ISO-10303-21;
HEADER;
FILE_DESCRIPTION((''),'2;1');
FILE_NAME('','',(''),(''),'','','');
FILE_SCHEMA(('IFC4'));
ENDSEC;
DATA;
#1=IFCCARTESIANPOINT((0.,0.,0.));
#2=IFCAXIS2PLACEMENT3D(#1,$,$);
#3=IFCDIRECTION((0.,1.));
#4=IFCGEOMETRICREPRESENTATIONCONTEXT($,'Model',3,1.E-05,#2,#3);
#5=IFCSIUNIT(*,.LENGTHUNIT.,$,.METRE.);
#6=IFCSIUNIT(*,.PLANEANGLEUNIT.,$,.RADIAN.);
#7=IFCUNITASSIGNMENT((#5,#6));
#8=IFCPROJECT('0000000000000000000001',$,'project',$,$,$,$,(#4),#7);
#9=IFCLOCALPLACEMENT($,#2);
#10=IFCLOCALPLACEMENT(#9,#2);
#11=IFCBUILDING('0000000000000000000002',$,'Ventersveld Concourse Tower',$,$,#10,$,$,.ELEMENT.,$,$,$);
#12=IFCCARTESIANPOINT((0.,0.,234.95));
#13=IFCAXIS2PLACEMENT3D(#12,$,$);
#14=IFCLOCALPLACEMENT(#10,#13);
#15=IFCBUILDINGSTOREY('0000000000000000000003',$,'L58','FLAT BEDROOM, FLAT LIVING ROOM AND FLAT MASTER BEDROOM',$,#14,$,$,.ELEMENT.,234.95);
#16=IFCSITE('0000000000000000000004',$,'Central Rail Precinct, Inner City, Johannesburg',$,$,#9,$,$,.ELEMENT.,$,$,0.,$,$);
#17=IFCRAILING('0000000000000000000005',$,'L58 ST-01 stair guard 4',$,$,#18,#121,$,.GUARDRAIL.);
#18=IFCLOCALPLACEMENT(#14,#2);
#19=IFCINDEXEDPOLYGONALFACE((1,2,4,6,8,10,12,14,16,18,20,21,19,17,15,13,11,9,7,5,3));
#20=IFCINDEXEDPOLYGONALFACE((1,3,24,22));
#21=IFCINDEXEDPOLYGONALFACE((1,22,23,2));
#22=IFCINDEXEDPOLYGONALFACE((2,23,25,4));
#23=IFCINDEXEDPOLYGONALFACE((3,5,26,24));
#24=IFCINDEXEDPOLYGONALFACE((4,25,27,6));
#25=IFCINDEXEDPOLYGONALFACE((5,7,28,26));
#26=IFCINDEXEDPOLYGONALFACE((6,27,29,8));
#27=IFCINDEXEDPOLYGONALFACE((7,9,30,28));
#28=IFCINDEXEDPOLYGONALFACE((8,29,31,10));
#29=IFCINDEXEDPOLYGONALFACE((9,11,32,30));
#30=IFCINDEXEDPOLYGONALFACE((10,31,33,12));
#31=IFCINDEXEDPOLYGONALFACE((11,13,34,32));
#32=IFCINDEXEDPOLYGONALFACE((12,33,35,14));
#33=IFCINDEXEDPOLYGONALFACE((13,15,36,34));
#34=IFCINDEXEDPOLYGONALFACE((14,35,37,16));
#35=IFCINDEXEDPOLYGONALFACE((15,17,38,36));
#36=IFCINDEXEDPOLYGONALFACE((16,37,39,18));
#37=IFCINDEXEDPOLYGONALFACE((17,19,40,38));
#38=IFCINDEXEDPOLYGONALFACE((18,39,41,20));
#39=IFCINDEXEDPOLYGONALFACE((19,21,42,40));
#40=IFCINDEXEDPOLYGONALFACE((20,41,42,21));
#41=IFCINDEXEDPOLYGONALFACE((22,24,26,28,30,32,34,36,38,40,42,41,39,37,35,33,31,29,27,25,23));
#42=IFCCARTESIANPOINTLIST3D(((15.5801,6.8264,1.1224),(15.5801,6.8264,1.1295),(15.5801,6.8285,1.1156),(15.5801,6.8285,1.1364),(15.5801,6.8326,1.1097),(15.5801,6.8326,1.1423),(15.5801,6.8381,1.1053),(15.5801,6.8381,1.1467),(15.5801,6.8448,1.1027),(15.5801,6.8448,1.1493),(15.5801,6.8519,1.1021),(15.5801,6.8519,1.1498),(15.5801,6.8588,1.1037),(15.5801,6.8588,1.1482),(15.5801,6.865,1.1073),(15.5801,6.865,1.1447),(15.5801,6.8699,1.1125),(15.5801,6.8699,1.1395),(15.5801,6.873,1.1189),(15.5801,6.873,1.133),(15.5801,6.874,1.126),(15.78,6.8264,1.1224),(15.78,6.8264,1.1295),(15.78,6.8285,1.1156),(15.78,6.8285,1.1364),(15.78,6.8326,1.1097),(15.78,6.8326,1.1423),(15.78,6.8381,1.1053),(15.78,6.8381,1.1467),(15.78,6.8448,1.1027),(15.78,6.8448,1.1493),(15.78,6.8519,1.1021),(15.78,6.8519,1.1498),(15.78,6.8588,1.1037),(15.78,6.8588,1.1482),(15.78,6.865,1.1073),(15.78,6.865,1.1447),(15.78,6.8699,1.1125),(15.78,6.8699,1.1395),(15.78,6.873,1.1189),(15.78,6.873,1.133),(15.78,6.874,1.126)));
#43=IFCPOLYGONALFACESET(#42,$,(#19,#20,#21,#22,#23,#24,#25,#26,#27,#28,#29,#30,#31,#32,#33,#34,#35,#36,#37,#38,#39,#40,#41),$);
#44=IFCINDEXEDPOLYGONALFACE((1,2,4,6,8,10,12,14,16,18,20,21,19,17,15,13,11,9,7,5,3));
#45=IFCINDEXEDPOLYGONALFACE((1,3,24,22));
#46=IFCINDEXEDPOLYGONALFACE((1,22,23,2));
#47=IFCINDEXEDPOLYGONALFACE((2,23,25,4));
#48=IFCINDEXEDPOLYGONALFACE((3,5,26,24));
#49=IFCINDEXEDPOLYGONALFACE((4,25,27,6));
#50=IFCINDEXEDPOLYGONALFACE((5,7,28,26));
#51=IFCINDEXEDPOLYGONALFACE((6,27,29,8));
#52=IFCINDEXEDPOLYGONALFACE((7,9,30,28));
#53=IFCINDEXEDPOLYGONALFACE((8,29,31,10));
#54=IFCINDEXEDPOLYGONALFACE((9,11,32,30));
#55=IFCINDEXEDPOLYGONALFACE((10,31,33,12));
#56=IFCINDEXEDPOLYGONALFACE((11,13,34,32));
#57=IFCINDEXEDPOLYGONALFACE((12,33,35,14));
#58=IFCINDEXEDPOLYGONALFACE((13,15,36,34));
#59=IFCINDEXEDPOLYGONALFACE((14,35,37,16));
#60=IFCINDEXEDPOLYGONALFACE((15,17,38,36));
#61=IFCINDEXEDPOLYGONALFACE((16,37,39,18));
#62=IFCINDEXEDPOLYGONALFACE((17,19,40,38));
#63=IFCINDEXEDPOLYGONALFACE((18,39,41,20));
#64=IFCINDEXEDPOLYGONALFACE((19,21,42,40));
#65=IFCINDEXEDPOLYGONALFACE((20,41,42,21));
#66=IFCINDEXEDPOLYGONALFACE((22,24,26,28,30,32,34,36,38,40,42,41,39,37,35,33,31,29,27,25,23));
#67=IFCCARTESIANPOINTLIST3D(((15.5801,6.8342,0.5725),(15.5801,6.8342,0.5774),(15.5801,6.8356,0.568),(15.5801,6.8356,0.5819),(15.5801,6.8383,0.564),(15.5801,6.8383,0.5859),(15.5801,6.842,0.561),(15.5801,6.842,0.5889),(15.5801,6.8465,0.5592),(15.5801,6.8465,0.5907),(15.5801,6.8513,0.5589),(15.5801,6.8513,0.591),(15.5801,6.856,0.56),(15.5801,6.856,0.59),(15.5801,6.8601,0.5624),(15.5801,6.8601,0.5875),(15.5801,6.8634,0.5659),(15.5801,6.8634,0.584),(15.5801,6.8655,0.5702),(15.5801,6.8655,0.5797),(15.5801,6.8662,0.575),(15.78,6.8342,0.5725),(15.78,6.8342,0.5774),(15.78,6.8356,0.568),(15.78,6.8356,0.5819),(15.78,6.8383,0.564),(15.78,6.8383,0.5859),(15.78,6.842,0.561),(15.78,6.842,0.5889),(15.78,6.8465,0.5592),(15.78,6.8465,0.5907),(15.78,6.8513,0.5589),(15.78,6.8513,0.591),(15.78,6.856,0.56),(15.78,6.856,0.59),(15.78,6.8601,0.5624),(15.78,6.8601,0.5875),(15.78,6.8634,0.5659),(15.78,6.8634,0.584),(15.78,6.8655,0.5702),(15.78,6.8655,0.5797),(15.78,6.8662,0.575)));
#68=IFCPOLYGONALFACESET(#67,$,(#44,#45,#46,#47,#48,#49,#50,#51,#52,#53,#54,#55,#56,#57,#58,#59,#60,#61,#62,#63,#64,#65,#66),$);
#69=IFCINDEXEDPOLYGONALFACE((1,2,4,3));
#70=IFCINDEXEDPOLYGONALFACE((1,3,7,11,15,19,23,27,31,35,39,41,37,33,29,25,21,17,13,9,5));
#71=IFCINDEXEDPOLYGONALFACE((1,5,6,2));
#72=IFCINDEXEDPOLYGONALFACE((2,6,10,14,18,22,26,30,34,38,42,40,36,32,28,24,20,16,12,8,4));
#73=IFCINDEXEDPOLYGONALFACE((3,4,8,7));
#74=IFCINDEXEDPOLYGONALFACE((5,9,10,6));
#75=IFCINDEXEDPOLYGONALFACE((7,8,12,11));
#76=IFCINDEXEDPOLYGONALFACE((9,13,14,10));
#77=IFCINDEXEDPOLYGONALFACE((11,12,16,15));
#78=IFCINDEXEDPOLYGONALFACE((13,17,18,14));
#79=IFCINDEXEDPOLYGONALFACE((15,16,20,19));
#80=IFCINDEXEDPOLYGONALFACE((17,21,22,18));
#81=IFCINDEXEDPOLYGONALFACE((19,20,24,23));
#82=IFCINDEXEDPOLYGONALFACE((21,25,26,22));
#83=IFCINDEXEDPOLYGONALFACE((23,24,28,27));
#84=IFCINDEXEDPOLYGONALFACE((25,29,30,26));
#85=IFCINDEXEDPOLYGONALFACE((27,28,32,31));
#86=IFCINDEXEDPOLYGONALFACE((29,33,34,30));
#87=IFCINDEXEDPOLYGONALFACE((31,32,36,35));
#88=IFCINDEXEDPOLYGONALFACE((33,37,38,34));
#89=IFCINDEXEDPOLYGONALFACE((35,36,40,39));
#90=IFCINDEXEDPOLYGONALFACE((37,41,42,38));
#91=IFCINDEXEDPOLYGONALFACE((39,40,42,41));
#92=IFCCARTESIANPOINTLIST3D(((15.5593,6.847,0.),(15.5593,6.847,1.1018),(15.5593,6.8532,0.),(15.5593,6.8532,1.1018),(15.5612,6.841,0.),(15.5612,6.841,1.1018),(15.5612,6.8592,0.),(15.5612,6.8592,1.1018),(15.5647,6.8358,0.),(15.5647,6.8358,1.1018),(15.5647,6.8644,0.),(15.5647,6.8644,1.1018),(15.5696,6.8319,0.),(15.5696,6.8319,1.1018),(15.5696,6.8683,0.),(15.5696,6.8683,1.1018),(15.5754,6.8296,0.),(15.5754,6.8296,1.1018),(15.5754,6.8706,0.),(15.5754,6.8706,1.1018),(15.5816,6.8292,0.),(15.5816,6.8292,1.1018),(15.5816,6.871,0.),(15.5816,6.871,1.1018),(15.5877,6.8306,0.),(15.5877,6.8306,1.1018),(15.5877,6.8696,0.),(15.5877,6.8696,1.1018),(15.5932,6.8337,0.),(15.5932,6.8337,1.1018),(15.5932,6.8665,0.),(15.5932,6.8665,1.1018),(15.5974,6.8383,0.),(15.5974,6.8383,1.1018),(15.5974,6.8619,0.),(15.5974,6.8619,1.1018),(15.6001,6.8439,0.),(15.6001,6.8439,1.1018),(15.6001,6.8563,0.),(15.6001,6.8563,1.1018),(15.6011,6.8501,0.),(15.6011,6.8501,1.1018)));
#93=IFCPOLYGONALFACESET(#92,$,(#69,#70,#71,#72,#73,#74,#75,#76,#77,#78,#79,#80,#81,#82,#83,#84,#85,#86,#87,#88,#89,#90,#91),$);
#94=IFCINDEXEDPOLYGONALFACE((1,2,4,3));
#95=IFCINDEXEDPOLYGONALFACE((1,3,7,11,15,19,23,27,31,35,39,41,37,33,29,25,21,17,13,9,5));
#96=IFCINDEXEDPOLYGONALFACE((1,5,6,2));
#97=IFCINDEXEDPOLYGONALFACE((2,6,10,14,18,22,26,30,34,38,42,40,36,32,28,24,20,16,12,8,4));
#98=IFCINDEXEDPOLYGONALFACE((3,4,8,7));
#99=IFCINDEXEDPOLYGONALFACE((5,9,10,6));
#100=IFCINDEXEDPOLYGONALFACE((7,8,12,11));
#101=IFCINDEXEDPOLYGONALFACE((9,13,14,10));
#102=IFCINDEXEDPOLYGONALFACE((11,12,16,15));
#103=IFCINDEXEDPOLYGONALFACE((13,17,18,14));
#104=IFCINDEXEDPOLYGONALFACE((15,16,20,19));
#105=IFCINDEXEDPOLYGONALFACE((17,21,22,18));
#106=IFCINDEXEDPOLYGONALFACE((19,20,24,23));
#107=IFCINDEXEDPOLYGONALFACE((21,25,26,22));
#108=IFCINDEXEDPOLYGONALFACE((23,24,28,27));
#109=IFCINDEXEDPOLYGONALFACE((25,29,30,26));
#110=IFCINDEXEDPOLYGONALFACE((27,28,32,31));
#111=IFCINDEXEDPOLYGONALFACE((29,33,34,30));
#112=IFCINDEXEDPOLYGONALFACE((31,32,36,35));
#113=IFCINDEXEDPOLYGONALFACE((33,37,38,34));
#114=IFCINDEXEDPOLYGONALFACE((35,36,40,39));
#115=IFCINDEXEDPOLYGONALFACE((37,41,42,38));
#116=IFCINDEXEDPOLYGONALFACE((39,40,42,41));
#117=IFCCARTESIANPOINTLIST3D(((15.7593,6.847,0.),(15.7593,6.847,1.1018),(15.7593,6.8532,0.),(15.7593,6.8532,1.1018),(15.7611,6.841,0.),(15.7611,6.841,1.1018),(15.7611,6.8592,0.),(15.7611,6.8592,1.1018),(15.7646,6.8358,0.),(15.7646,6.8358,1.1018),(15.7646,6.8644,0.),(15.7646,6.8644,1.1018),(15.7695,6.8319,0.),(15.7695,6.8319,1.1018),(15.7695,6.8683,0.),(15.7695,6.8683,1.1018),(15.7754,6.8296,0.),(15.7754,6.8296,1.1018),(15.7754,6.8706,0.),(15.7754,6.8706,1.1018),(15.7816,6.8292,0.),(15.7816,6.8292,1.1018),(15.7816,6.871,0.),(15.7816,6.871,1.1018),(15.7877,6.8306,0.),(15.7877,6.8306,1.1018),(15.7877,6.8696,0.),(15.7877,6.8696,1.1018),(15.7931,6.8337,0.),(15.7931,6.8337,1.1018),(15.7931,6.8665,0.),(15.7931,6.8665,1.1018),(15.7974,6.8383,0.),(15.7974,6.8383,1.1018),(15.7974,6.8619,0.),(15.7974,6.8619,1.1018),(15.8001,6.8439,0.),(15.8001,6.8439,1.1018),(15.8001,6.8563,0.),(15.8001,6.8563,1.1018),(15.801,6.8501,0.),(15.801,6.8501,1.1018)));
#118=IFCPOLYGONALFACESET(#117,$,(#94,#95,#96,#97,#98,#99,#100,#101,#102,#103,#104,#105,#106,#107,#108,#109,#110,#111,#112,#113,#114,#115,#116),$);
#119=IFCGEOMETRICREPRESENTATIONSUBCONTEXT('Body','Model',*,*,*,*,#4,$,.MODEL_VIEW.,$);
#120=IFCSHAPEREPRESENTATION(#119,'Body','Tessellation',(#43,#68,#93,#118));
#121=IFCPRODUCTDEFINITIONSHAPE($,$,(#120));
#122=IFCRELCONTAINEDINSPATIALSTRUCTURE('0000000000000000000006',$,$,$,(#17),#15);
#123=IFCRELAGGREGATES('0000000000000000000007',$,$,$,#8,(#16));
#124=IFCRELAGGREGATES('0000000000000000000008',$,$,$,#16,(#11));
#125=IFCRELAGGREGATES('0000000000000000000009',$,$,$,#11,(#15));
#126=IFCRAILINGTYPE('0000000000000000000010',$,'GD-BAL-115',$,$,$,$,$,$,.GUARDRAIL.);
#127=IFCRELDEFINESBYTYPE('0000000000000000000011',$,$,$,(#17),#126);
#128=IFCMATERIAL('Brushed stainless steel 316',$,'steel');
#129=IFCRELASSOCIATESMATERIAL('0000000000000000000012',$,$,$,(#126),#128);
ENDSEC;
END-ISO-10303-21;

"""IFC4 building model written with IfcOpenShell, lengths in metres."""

from ifc_helpers import new_model, si_unit, direction, frame, origin, origin_2d, place, context, subcontext, project, spatial, circle, extrude, material, type_object, element, save


model = new_model("IFC4")

# Units and contexts
model_context = context("Model", 3, precision=1e-05, world=origin(), true_north=direction((0.0, 1.0)))
body_context = subcontext(model_context, "Body", "Model", "MODEL_VIEW")
ifc_project = project(units=[si_unit("LENGTHUNIT", "METRE"), si_unit("PLANEANGLEUNIT", "RADIAN")], contexts=[model_context])

# Site, building, storey
site_placement = place(None, origin())
site = spatial("IfcSite", under=ifc_project, at=site_placement, Name="Central Rail Precinct, Inner City, Johannesburg", CompositionType="ELEMENT", RefElevation=0.0)
building_placement = place(site_placement, origin())
building = spatial("IfcBuilding", under=site, at=building_placement, Name="Ventersveld Concourse Tower", CompositionType="ELEMENT")
storey_placement = place(building_placement, frame((0.0, 0.0, 234.95)))
storey = spatial("IfcBuildingStorey", under=building, at=storey_placement, Name="L58", Description="FLAT BEDROOM, FLAT LIVING ROOM AND FLAT MASTER BEDROOM", CompositionType="ELEMENT", Elevation=234.95)

# Shared definitions
ifc_material_1 = material(Name="Brushed stainless steel 316", Category="steel")

# Railing
railing_type_1 = type_object("IfcRailingType", Name="GD-BAL-115", PredefinedType="GUARDRAIL", material=ifc_material_1)
railing_1_placement = place(storey_placement, frame((15.5801, 6.8501, 0.0)))
element("IfcRailing", 1, at=railing_1_placement, inside=storey, type_object=railing_type_1, Name="L58 ST-01 stair guard 4", PredefinedType="GUARDRAIL", context=body_context, shape_type="SweptSolid", body=[
    extrude(circle(Radius=0.0239, at=origin_2d()), frame((0.0, 0.0, 1.126), z_axis=(1.0, 0.0, 0.0), x_axis=(0.0, 1.0, 0.0)), (0.0, 0.0, 1.0), 0.2),
    extrude(circle(Radius=0.0161, at=origin_2d()), frame((0.0, 0.0, 0.575), z_axis=(1.0, 0.0, 0.0), x_axis=(0.0, 1.0, 0.0)), (0.0, 0.0, 1.0), 0.2),
    extrude(circle(Radius=0.021, at=origin_2d()), origin(), (0.0, 0.0, 1.0), 1.1018),
    extrude(circle(Radius=0.021, at=origin_2d()), frame((0.2, 0.0, 0.0)), (0.0, 0.0, 1.0), 1.1018),
])

save(model, "model.ifc")
